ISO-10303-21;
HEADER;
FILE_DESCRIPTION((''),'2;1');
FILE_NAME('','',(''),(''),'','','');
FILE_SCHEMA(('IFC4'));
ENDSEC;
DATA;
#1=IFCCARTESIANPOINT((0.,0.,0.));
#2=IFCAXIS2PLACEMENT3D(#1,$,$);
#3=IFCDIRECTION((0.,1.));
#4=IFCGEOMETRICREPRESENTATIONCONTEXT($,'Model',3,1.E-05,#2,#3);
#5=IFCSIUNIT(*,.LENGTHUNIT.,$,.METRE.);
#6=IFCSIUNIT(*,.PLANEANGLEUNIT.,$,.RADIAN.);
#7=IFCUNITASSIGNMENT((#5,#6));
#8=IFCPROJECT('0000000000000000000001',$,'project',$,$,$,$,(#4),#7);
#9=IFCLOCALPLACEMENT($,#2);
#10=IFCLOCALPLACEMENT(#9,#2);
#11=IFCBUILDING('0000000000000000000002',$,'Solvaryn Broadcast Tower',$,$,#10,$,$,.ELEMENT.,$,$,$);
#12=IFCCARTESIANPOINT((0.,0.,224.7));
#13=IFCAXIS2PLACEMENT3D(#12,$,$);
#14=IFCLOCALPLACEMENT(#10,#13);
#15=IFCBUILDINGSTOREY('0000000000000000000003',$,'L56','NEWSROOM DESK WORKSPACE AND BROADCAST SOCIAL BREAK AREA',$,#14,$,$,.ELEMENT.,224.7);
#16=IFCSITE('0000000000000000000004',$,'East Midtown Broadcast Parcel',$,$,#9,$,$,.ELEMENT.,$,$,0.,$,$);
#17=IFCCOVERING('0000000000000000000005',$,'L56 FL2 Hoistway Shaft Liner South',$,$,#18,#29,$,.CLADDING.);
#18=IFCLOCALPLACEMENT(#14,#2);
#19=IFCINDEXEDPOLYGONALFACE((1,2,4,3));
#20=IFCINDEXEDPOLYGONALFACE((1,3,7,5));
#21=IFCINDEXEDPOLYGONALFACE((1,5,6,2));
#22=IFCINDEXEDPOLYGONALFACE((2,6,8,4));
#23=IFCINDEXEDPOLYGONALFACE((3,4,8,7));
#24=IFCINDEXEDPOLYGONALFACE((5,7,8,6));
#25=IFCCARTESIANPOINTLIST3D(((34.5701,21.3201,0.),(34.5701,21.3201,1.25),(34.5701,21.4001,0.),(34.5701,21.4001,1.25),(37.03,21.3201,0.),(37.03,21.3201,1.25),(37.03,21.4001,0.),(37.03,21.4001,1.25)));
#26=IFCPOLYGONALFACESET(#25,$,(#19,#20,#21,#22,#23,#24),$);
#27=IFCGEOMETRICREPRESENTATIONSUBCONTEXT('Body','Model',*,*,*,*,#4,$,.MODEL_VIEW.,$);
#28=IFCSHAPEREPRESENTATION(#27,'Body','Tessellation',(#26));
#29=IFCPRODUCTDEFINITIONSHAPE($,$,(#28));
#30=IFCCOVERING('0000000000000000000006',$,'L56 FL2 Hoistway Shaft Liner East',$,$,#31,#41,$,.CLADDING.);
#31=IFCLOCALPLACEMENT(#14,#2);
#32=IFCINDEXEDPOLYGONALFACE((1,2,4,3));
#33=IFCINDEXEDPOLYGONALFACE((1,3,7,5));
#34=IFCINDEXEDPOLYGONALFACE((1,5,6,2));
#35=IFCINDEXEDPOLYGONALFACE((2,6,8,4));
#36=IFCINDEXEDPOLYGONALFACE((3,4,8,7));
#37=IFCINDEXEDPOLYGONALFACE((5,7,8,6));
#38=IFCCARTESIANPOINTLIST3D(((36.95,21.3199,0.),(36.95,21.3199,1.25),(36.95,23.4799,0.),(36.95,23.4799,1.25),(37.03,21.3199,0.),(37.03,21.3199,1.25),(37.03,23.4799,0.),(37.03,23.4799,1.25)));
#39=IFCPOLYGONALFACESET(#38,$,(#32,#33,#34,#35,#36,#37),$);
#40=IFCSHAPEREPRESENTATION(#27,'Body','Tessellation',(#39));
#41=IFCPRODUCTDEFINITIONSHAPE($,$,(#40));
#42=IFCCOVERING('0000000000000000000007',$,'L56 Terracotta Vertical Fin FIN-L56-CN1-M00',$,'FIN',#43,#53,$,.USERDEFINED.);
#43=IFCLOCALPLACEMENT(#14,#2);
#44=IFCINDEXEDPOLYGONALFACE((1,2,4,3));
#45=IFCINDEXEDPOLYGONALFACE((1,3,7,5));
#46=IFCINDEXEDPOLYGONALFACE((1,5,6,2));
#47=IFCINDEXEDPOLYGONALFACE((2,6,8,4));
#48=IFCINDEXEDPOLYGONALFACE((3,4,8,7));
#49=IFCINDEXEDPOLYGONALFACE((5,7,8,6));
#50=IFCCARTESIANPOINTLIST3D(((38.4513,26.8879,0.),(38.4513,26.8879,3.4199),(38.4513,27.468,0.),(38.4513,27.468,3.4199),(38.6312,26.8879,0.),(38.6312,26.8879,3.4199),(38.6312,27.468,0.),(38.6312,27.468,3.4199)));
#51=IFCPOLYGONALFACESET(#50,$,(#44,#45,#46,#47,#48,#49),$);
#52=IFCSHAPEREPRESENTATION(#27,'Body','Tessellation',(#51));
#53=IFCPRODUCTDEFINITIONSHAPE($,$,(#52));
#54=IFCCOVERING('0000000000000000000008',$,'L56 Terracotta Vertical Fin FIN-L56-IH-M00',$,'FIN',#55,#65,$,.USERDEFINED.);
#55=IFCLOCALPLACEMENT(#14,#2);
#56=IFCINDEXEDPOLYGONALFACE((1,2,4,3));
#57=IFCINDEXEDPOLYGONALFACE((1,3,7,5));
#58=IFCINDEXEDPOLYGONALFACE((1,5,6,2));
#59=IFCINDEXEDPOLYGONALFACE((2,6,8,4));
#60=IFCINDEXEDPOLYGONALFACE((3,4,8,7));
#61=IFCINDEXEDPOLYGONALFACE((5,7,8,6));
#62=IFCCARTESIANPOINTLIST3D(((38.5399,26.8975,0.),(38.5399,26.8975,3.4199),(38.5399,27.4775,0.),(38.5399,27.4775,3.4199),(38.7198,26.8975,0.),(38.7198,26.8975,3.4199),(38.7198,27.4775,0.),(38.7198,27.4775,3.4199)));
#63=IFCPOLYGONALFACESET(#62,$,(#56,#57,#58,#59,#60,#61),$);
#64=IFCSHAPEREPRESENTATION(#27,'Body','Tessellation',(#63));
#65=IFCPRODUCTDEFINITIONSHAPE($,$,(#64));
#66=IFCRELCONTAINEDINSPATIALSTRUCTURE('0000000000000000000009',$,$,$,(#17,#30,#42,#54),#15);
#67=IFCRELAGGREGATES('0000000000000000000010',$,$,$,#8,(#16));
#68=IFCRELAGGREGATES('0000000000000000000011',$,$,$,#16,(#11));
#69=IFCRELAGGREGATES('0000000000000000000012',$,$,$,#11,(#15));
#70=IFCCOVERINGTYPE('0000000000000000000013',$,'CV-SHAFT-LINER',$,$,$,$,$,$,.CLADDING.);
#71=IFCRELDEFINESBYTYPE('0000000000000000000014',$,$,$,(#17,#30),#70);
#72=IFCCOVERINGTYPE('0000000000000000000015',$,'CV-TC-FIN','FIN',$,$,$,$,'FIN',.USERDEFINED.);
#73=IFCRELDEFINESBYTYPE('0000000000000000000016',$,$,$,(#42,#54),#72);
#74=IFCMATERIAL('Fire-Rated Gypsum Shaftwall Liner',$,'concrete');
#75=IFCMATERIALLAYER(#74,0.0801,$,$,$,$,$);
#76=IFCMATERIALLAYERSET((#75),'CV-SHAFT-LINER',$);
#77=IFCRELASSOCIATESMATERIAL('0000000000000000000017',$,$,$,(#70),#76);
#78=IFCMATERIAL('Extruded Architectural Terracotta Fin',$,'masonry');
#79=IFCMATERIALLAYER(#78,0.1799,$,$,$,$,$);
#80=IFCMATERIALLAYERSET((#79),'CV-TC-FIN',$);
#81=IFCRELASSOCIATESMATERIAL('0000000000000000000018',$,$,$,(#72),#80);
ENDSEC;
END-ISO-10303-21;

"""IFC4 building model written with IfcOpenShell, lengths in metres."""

from ifc_helpers import new_model, si_unit, direction, frame, origin, origin_2d, place, context, subcontext, project, spatial, rectangle, extrude, material, layer, layer_set, type_object, element, save


model = new_model("IFC4")

# Units and contexts
model_context = context("Model", 3, precision=1e-05, world=origin(), true_north=direction((0.0, 1.0)))
body_context = subcontext(model_context, "Body", "Model", "MODEL_VIEW")
ifc_project = project(units=[si_unit("LENGTHUNIT", "METRE"), si_unit("PLANEANGLEUNIT", "RADIAN")], contexts=[model_context])

# Site, building, storey
site_placement = place(None, origin())
site = spatial("IfcSite", under=ifc_project, at=site_placement, Name="East Midtown Broadcast Parcel", CompositionType="ELEMENT", RefElevation=0.0)
building_placement = place(site_placement, origin())
building = spatial("IfcBuilding", under=site, at=building_placement, Name="Solvaryn Broadcast Tower", CompositionType="ELEMENT")
storey_placement = place(building_placement, frame((0.0, 0.0, 224.7)))
storey = spatial("IfcBuildingStorey", under=building, at=storey_placement, Name="L56", Description="NEWSROOM DESK WORKSPACE AND BROADCAST SOCIAL BREAK AREA", CompositionType="ELEMENT", Elevation=224.7)

# Coverings
ifc_material_1 = material(Name="Fire-Rated Gypsum Shaftwall Liner", Category="concrete")
ifc_layer_1 = layer(ifc_material_1, 0.0801)
ifc_layer_set_1 = layer_set([ifc_layer_1], Name="CV-SHAFT-LINER")
covering_type_1 = type_object("IfcCoveringType", Name="CV-SHAFT-LINER", PredefinedType="CLADDING", material=ifc_layer_set_1)
for number, where, z_axis, x_axis, name in (
    (1, (35.8, 21.3601, 0.0), (0.0, 0.0, 1.0), (1.0, 0.0, 0.0), "L56 FL2 Hoistway Shaft Liner South"),
):
    element("IfcCovering", number, at=place(storey_placement, frame(where, z_axis=z_axis, x_axis=x_axis)), inside=storey, type_object=covering_type_1, Name=name, PredefinedType="CLADDING", context=body_context, shape_type="SweptSolid", body=[
        extrude(rectangle(XDim=2.46, YDim=0.0801, at=origin_2d()), origin(), (0.0, 0.0, 1.0), 1.25),
    ])
covering_placement = place(storey_placement, frame((36.99, 22.3999, 0.0), z_axis=(0.0, 0.0, 1.0), x_axis=(1.0, 0.0, 0.0)))
element("IfcCovering", 2, at=covering_placement, inside=storey, type_object=covering_type_1, Name="L56 FL2 Hoistway Shaft Liner East", PredefinedType="CLADDING", context=body_context, shape_type="SweptSolid", body=[
    extrude(rectangle(XDim=0.0801, YDim=2.1599, at=origin_2d()), origin(), (0.0, 0.0, 1.0), 1.25),
])
ifc_material_2 = material(Name="Extruded Architectural Terracotta Fin", Category="masonry")
ifc_layer_2 = layer(ifc_material_2, 0.1799)
ifc_layer_set_2 = layer_set([ifc_layer_2], Name="CV-TC-FIN")
covering_type_2 = type_object("IfcCoveringType", Name="CV-TC-FIN", Description="FIN", ElementType="FIN", PredefinedType="USERDEFINED", material=ifc_layer_set_2)
for number, where, z_axis, x_axis, name in (
    (3, (38.5413, 27.178, 0.0), (0.0, 0.0, 1.0), (1.0, 0.0, 0.0), "L56 Terracotta Vertical Fin FIN-L56-CN1-M00"),
    (4, (38.6299, 27.1875, 0.0), (0.0, 0.0, 1.0), (1.0, 0.0, 0.0), "L56 Terracotta Vertical Fin FIN-L56-IH-M00"),
):
    element("IfcCovering", number, at=place(storey_placement, frame(where, z_axis=z_axis, x_axis=x_axis)), inside=storey, type_object=covering_type_2, Name=name, ObjectType="FIN", PredefinedType="USERDEFINED", context=body_context, shape_type="SweptSolid", body=[
        extrude(rectangle(XDim=0.1799, YDim=0.5801, at=origin_2d()), origin(), (0.0, 0.0, 1.0), 3.4199),
    ])

save(model, "model.ifc")
